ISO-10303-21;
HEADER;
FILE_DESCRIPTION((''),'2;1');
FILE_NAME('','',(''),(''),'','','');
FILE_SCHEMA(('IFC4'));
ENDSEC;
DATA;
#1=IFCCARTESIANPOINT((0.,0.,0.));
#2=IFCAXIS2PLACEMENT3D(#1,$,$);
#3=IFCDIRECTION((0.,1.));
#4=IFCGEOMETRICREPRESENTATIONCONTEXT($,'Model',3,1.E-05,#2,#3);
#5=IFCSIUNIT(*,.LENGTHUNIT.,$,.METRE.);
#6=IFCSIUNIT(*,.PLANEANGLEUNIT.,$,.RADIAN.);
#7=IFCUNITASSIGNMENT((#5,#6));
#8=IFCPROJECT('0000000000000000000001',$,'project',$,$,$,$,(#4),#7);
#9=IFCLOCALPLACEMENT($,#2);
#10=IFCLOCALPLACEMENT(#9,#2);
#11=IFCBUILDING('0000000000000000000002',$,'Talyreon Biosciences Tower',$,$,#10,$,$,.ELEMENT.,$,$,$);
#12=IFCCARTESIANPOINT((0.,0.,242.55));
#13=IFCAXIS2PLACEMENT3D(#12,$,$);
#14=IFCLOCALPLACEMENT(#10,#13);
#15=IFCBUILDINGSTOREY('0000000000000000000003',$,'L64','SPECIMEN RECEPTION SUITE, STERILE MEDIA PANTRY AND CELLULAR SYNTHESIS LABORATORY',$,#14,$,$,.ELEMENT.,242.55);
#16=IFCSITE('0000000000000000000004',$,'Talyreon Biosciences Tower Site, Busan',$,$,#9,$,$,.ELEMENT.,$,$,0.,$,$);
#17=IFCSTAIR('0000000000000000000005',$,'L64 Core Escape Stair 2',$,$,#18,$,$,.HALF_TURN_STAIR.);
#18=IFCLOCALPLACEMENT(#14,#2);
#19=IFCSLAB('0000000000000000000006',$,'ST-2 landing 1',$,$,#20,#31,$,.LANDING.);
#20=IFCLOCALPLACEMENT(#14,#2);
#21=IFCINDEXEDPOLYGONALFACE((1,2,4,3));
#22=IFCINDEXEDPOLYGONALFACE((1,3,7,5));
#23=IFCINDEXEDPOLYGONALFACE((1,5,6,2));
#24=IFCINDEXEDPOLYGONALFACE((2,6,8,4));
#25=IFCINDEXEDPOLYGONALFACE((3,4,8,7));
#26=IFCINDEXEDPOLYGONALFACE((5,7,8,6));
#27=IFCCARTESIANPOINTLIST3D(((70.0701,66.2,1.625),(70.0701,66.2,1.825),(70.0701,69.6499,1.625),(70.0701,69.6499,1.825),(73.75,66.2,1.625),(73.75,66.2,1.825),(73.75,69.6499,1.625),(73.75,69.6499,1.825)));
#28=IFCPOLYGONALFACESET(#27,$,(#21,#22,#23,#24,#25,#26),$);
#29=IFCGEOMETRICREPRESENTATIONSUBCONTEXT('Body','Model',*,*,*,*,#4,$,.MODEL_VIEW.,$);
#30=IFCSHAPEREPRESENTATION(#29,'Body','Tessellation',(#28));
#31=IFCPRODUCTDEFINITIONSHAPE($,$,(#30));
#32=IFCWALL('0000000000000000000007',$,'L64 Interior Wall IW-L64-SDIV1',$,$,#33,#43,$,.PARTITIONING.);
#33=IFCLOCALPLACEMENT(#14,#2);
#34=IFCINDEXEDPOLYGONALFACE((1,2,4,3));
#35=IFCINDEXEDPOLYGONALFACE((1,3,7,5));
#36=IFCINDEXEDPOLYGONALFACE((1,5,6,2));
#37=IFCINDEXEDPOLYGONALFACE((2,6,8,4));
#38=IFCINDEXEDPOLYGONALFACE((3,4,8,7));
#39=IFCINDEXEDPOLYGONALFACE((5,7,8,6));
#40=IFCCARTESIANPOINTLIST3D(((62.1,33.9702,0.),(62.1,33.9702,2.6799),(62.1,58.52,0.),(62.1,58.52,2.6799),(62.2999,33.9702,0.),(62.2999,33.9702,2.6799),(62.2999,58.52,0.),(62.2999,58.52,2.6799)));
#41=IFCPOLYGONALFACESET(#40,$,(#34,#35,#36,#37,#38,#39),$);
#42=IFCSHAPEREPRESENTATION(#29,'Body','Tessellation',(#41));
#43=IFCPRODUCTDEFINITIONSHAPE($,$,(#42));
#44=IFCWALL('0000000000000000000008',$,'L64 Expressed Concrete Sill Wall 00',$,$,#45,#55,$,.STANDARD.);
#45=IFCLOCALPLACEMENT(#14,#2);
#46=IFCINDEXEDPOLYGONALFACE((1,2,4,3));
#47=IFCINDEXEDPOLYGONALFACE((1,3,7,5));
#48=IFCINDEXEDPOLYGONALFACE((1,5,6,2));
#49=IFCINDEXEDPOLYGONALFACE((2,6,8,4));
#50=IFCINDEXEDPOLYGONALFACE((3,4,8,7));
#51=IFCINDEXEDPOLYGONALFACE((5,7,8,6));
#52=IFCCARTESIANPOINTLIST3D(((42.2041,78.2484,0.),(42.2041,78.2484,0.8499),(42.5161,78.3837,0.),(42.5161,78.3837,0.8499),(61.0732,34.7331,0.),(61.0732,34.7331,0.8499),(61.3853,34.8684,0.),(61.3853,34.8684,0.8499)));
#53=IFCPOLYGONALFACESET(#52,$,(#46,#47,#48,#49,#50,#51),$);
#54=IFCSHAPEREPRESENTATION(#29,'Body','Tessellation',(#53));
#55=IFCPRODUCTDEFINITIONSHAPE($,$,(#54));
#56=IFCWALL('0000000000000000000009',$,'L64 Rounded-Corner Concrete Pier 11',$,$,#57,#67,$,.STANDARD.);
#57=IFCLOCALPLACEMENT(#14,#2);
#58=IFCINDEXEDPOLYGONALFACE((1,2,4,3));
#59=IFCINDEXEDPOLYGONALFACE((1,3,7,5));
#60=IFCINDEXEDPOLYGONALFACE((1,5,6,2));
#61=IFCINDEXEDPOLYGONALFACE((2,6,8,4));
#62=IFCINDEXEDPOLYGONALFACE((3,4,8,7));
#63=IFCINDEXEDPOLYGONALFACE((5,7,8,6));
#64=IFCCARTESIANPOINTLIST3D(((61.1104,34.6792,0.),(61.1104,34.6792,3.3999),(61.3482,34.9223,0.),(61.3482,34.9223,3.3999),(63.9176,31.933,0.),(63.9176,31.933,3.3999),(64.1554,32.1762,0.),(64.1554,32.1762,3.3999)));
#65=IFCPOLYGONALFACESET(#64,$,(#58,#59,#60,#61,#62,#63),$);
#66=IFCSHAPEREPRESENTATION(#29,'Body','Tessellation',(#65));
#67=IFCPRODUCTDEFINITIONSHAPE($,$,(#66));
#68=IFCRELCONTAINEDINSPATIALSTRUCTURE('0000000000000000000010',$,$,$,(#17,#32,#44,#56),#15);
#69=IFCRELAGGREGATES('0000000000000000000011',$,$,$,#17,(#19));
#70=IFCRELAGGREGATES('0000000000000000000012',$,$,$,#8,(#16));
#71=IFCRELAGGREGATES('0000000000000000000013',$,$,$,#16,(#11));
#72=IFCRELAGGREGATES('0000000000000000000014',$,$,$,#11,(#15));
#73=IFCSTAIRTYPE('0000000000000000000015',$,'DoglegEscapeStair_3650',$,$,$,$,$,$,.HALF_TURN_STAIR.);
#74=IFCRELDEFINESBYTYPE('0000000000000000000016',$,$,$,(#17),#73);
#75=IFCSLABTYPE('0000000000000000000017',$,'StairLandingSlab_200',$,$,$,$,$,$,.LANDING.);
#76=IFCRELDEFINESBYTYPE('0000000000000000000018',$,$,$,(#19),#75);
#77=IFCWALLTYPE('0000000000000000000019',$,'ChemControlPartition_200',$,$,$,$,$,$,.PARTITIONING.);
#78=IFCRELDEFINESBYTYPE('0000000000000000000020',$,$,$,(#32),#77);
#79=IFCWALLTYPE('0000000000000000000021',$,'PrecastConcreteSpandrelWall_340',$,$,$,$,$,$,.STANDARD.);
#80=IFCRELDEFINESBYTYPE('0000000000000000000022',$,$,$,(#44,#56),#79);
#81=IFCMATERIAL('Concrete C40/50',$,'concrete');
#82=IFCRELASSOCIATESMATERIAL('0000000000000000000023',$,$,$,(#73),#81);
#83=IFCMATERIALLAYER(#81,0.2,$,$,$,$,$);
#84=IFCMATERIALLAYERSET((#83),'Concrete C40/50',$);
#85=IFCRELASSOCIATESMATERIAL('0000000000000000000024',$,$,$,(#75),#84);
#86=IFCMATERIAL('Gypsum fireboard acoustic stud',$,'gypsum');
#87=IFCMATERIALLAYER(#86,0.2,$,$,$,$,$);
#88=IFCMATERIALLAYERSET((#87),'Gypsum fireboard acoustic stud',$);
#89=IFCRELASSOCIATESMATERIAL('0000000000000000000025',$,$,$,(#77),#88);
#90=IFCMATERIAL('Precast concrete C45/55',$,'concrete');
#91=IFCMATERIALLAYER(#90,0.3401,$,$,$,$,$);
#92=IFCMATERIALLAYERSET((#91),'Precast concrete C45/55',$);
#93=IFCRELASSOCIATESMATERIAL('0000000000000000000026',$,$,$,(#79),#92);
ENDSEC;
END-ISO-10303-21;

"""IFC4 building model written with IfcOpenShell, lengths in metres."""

from ifc_helpers import new_model, si_unit, direction, frame, frame_2d, origin, place, context, subcontext, project, spatial, polyline, rectangle, outline, extrude, material, layer, layer_set, type_object, element, aggregate, save


model = new_model("IFC4")

# Units and contexts
model_context = context("Model", 3, precision=1e-05, world=origin(), true_north=direction((0.0, 1.0)))
body_context = subcontext(model_context, "Body", "Model", "MODEL_VIEW")
ifc_project = project(units=[si_unit("LENGTHUNIT", "METRE"), si_unit("PLANEANGLEUNIT", "RADIAN")], contexts=[model_context])

# Site, building, storey
site_placement = place(None, origin())
site = spatial("IfcSite", under=ifc_project, at=site_placement, Name="Talyreon Biosciences Tower Site, Busan", CompositionType="ELEMENT", RefElevation=0.0)
building_placement = place(site_placement, origin())
building = spatial("IfcBuilding", under=site, at=building_placement, Name="Talyreon Biosciences Tower", CompositionType="ELEMENT")
storey_placement = place(building_placement, frame((0.0, 0.0, 242.55)))
storey = spatial("IfcBuildingStorey", under=building, at=storey_placement, Name="L64", Description="SPECIMEN RECEPTION SUITE, STERILE MEDIA PANTRY AND CELLULAR SYNTHESIS LABORATORY", CompositionType="ELEMENT", Elevation=242.55)

# Shared definitions
ifc_material_1 = material(Name="Precast concrete C45/55", Category="concrete")

# Shared definitions
ifc_material_2 = material(Name="Concrete C40/50", Category="concrete")

# Stair, slab
stair_type = type_object("IfcStairType", Name="DoglegEscapeStair_3650", PredefinedType="HALF_TURN_STAIR", material=ifc_material_2)
ifc_layer_1 = layer(ifc_material_2, 0.2)
ifc_layer_set_1 = layer_set([ifc_layer_1], Name="Concrete C40/50")
slab_type_1 = type_object("IfcSlabType", Name="StairLandingSlab_200", PredefinedType="LANDING", material=ifc_layer_set_1)
stair_1_placement = place(storey_placement, origin())
stair_1 = element("IfcStair", 1, at=stair_1_placement, inside=storey, type_object=stair_type, Name="L64 Core Escape Stair 2", PredefinedType="HALF_TURN_STAIR")
slab_1_placement = place(storey_placement, frame((0.0, 0.0, 1.625)))
slab_1 = element("IfcSlab", 2, at=slab_1_placement, type_object=slab_type_1, Name="ST-2 landing 1", PredefinedType="LANDING", context=body_context, shape_type="SweptSolid", body=[
    extrude(outline(polyline([(73.75, 66.2), (73.75, 69.6499), (70.0701, 69.6499), (70.0701, 66.2), (73.75, 66.2)])), origin(), (0.0, 0.0, 1.0), 0.2),
])
aggregate(stair_1, [slab_1])

# Walls
ifc_material_3 = material(Name="Gypsum fireboard acoustic stud", Category="gypsum")
ifc_layer_2 = layer(ifc_material_3, 0.2)
ifc_layer_set_2 = layer_set([ifc_layer_2], Name="Gypsum fireboard acoustic stud")
wall_type_1 = type_object("IfcWallType", Name="ChemControlPartition_200", PredefinedType="PARTITIONING", material=ifc_layer_set_2)
wall_1_placement = place(storey_placement, frame((62.2, 33.9702, 0.0), z_axis=(0.0, 0.0, 1.0), x_axis=(0.0, 1.0, 0.0)))
element("IfcWall", 3, at=wall_1_placement, inside=storey, type_object=wall_type_1, Name="L64 Interior Wall IW-L64-SDIV1", PredefinedType="PARTITIONING", context=body_context, shape_type="SweptSolid", body=[
    extrude(rectangle(XDim=24.5498, YDim=0.2, at=frame_2d((12.2749, 0.0))), origin(), (0.0, 0.0, 1.0), 2.6799),
])
ifc_layer_3 = layer(ifc_material_1, 0.3401)
ifc_layer_set_3 = layer_set([ifc_layer_3], Name="Precast concrete C45/55")
wall_type_2 = type_object("IfcWallType", Name="PrecastConcreteSpandrelWall_340", PredefinedType="STANDARD", material=ifc_layer_set_3)
wall_2_placement = place(storey_placement, frame((61.2292, 34.8008, 0.0), z_axis=(0.0, 0.0, 1.0), x_axis=(-0.397831, 0.917459, 0.0)))
element("IfcWall", 4, at=wall_2_placement, inside=storey, type_object=wall_type_2, Name="L64 Expressed Concrete Sill Wall 00", PredefinedType="STANDARD", context=body_context, shape_type="SweptSolid", body=[
    extrude(rectangle(XDim=47.4302, YDim=0.3401, at=frame_2d((23.7151, 0.0))), origin(), (0.0, 0.0, 1.0), 0.8499),
])
wall_3_placement = place(storey_placement, frame((64.0364, 32.0547, 0.0), z_axis=(0.0, 0.0, 1.0), x_axis=(-0.714835, 0.699293, 0.0)))
element("IfcWall", 5, at=wall_3_placement, inside=storey, type_object=wall_type_2, Name="L64 Rounded-Corner Concrete Pier 11", PredefinedType="STANDARD", context=body_context, shape_type="SweptSolid", body=[
    extrude(rectangle(XDim=3.927, YDim=0.3401, at=frame_2d((1.9634, 0.0))), origin(), (0.0, 0.0, 1.0), 3.3999),
])

save(model, "model.ifc")
